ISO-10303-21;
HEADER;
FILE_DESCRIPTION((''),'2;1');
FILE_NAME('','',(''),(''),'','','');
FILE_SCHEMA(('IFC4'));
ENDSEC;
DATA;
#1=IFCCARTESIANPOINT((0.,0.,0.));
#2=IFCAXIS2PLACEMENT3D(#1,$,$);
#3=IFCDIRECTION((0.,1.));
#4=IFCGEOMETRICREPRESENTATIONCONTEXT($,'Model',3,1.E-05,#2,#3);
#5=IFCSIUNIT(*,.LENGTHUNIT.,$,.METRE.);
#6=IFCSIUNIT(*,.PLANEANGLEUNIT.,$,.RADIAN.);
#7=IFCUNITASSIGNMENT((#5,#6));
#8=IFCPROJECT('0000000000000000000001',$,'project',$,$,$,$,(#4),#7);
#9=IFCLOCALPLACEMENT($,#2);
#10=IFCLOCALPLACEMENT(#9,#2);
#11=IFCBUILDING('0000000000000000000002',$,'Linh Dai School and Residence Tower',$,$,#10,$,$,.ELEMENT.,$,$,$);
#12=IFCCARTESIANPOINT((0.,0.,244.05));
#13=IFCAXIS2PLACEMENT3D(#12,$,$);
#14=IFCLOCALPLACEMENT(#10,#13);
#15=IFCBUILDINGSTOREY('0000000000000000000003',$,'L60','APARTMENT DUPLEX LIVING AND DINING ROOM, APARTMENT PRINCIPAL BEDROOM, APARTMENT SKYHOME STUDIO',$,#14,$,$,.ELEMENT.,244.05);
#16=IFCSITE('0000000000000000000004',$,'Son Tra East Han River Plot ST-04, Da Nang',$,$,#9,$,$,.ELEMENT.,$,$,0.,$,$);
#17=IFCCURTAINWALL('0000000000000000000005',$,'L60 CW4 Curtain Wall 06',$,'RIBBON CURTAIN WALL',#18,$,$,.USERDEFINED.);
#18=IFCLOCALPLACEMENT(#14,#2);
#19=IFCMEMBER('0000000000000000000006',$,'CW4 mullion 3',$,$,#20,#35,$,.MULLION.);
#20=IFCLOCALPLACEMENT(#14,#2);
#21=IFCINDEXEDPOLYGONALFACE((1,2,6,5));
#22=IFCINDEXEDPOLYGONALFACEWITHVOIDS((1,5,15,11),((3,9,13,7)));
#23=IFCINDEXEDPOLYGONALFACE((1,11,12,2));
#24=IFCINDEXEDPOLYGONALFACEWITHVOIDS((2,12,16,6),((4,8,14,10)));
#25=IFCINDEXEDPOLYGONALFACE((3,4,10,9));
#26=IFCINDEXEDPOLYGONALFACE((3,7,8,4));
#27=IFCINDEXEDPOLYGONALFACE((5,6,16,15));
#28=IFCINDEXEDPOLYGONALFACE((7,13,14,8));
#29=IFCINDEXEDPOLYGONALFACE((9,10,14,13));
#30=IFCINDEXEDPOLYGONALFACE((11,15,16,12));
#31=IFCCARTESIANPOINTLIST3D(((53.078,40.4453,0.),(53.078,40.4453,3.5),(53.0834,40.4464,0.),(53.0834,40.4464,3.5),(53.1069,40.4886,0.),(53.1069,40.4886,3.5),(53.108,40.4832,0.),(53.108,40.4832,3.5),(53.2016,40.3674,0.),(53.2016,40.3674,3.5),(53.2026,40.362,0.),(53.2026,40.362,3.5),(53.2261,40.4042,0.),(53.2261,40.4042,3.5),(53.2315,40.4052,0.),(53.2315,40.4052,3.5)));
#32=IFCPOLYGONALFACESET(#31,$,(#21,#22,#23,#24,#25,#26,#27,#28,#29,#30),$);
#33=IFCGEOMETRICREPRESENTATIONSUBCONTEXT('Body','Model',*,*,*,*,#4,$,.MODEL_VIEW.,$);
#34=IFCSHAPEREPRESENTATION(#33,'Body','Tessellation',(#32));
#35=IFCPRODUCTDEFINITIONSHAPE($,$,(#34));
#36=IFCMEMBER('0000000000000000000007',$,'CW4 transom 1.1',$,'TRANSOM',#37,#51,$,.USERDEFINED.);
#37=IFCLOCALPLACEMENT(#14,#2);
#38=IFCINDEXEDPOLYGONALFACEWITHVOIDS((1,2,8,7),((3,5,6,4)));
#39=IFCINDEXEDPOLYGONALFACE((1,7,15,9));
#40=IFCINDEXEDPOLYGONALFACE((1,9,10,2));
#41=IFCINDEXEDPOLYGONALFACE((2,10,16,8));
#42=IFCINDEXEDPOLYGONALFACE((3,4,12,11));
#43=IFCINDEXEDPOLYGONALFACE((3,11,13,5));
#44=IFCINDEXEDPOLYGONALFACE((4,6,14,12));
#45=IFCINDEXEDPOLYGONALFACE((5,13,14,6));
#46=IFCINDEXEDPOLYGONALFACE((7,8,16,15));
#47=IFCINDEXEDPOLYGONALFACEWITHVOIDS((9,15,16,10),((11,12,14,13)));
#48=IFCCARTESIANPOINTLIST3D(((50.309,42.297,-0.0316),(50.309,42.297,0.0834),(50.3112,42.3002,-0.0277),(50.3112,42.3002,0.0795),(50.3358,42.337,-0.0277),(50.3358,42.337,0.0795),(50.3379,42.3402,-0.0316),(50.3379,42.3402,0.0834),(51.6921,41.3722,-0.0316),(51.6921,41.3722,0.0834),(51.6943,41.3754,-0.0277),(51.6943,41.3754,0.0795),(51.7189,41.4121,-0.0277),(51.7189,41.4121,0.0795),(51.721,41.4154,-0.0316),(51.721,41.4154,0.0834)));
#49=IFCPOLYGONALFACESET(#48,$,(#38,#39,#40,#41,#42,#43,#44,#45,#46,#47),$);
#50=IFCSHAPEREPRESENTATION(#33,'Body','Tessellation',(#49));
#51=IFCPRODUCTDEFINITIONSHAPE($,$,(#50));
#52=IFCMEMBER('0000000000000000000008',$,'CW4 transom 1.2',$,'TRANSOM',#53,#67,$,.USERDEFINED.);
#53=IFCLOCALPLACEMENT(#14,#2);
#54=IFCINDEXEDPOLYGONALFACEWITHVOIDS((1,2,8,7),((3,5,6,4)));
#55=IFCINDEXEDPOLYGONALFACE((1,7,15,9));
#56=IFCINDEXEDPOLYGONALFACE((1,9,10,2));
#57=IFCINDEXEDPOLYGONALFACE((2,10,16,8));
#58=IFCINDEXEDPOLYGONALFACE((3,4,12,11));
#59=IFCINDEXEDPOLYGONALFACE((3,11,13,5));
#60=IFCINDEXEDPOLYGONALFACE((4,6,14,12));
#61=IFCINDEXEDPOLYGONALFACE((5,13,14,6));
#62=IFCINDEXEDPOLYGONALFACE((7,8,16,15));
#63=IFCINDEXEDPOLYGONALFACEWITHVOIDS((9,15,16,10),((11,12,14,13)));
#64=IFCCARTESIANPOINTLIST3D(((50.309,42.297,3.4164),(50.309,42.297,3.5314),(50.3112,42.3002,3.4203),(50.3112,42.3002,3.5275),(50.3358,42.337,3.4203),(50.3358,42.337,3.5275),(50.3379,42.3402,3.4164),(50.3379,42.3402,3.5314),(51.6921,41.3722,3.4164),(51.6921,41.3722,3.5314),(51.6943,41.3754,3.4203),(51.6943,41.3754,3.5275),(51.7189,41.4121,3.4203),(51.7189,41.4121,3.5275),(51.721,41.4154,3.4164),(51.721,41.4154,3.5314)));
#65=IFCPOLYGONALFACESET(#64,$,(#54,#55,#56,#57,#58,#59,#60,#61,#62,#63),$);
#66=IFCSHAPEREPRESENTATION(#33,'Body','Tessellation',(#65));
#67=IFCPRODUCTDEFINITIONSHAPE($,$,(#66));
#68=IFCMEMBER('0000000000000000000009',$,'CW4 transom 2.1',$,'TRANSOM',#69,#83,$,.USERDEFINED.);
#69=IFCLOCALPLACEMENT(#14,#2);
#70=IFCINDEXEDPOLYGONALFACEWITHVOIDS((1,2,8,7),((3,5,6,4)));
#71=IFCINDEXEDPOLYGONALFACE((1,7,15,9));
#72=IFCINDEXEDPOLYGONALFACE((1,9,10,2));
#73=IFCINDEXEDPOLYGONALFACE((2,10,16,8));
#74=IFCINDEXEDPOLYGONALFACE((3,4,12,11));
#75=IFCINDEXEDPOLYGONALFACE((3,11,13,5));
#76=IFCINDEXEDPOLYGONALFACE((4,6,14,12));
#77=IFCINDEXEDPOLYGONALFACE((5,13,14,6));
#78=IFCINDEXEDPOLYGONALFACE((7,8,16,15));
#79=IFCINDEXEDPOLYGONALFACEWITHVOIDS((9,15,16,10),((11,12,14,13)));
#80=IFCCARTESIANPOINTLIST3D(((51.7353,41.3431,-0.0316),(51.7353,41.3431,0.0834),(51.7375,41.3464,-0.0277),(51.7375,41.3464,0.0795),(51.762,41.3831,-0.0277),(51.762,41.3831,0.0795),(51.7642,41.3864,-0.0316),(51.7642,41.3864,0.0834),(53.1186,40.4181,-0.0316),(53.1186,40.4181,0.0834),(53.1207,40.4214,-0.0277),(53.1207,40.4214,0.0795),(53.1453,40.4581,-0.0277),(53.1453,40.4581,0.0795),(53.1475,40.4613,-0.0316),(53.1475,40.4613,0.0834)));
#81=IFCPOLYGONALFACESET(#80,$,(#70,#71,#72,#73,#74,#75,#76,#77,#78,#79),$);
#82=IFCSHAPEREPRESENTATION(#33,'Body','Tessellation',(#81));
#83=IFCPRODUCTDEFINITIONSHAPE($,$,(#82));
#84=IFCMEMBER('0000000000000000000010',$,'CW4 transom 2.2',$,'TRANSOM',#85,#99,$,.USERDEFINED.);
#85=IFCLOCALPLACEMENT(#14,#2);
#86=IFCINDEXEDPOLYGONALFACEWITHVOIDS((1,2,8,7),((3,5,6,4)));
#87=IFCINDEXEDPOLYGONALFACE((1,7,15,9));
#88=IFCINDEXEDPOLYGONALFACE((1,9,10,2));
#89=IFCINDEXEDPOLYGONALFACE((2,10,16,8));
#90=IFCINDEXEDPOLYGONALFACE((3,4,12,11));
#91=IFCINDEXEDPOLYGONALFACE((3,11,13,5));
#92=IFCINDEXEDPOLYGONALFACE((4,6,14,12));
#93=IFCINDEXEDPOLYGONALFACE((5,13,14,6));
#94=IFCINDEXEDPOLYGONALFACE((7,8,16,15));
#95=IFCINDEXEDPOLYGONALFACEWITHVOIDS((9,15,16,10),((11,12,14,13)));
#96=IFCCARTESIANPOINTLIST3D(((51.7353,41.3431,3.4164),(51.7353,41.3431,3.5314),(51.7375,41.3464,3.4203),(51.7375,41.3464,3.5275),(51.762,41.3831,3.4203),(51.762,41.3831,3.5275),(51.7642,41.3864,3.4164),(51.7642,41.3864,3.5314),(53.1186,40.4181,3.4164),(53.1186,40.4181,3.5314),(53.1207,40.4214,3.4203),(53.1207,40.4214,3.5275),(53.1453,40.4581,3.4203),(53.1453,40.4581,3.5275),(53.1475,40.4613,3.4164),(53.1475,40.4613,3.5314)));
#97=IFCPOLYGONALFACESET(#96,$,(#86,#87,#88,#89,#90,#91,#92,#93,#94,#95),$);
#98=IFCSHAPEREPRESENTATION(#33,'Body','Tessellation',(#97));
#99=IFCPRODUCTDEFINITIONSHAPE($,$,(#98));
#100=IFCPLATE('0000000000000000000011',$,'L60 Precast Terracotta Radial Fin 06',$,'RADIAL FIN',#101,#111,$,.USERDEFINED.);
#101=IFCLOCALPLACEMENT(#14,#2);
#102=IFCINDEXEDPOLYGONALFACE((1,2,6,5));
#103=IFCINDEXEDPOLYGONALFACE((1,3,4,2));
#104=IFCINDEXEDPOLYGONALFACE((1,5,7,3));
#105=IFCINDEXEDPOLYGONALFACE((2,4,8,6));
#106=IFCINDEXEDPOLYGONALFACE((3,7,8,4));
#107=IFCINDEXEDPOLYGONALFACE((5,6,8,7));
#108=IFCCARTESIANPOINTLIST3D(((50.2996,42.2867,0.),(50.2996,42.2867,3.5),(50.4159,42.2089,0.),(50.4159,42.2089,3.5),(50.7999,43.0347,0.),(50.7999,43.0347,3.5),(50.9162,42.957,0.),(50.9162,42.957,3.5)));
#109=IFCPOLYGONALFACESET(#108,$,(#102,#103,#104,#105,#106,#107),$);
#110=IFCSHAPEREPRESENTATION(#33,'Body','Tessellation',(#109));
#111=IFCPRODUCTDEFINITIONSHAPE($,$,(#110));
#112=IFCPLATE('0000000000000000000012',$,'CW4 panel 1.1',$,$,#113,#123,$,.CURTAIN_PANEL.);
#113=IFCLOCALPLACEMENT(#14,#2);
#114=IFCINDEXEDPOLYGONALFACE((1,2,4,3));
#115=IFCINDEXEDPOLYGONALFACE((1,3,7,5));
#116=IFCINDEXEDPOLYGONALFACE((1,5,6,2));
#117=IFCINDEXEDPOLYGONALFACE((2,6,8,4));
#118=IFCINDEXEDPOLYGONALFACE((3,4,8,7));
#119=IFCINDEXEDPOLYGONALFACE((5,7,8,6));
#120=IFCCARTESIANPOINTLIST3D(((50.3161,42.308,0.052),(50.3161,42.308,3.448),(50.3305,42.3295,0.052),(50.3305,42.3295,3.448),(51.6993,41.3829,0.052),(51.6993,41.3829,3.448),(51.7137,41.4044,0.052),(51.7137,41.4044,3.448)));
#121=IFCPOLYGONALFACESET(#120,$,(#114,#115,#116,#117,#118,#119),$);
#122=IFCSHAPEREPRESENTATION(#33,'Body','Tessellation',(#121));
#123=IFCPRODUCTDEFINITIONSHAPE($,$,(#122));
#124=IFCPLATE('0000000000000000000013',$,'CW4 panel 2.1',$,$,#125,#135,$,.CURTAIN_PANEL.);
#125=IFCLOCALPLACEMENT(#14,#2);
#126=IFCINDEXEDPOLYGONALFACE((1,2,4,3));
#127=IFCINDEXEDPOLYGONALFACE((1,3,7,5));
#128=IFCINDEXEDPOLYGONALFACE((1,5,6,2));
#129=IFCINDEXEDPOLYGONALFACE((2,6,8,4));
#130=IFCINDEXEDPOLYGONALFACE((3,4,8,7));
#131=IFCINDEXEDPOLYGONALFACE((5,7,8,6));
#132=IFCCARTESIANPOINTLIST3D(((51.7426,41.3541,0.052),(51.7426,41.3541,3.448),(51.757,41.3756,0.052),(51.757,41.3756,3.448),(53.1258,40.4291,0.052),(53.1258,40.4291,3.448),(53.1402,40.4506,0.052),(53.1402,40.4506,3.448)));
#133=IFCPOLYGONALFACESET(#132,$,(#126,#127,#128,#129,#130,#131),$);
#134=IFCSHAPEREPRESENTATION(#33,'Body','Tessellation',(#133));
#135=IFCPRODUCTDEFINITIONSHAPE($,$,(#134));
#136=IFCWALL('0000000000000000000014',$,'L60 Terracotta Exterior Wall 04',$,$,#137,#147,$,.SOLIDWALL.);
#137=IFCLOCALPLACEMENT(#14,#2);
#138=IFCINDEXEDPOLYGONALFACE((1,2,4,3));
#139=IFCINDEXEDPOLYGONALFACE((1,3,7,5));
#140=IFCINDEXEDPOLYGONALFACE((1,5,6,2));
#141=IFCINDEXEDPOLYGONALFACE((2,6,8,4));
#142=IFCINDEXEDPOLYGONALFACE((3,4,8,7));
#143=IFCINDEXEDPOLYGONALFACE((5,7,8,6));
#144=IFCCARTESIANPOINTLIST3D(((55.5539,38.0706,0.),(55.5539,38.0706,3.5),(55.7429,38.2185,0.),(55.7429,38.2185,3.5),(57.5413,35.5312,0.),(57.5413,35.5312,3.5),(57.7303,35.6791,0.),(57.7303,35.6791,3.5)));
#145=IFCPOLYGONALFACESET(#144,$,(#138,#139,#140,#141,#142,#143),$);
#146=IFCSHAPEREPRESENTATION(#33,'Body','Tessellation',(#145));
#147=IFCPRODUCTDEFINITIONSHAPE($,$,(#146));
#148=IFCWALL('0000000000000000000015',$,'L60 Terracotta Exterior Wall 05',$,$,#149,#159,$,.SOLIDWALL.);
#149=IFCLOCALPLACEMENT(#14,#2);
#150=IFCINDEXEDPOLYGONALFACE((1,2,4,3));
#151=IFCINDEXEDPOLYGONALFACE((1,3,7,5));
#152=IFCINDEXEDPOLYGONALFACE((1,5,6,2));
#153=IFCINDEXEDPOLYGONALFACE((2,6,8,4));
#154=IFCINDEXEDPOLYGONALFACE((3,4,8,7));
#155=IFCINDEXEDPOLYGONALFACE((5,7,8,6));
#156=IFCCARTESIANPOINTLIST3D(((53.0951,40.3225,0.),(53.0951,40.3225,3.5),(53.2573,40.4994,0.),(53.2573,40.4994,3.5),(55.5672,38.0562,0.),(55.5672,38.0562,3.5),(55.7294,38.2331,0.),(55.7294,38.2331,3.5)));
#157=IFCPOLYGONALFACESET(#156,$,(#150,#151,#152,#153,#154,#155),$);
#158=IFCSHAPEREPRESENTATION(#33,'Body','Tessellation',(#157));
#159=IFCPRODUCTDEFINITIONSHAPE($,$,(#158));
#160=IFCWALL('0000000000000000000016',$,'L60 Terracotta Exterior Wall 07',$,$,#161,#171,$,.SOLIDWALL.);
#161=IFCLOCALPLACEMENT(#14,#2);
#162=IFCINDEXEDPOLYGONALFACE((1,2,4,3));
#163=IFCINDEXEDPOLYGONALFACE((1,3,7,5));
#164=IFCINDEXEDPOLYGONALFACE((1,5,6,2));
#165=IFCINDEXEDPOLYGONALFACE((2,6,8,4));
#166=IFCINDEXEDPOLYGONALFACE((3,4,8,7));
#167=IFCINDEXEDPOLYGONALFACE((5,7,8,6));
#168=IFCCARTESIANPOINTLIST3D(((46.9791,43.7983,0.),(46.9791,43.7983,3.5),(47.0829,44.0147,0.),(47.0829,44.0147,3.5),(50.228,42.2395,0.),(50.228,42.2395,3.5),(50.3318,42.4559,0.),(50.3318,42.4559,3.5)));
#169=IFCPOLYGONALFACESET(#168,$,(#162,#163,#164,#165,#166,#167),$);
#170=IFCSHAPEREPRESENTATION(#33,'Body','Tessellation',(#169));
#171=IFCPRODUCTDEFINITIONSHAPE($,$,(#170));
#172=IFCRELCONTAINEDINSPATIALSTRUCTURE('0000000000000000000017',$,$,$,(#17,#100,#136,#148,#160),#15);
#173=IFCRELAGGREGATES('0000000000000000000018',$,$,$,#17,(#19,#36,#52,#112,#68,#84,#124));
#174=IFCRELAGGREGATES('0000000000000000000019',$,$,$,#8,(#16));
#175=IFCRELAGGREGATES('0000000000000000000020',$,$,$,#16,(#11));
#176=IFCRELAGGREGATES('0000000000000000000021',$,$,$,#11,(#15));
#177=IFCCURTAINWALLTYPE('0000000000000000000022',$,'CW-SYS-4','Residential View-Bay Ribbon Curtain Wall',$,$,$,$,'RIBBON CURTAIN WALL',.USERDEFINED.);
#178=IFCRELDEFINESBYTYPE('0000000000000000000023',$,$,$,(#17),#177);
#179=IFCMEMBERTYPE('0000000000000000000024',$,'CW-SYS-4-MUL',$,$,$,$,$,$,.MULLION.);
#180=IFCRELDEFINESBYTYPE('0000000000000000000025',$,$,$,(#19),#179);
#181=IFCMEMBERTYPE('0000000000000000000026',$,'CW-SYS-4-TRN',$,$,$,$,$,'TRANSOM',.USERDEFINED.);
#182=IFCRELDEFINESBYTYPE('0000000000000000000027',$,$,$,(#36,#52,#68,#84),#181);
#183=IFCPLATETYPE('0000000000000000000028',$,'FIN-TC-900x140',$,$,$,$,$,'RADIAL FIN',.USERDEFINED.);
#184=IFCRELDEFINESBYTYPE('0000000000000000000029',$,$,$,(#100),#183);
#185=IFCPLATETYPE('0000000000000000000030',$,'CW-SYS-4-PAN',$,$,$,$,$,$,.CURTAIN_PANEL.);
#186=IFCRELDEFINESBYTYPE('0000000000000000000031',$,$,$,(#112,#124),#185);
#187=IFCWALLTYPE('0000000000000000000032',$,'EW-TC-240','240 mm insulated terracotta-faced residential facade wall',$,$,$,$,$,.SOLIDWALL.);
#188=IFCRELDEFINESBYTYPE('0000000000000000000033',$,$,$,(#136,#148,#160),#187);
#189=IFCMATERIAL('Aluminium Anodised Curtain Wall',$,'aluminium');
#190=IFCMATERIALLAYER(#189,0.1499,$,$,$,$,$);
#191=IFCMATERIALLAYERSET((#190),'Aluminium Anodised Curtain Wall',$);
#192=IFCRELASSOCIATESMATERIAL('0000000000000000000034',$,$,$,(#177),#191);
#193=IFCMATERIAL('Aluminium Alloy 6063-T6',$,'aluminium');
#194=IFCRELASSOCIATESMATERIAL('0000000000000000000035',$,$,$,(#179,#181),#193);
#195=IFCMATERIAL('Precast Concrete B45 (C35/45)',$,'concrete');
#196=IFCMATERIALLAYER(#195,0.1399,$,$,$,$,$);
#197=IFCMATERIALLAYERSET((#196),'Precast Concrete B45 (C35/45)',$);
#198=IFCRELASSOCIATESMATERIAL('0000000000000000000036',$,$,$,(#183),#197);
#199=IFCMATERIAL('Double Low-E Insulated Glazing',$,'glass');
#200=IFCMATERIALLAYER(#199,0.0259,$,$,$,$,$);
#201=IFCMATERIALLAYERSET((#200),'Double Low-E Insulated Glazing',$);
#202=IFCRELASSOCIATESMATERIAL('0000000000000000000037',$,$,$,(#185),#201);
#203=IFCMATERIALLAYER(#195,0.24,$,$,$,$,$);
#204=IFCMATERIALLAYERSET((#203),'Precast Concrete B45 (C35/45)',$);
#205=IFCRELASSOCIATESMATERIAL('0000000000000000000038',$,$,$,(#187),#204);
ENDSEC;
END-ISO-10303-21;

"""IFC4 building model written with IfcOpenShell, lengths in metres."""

from ifc_helpers import new_model, si_unit, direction, frame, frame_2d, origin, origin_2d, place, context, subcontext, project, spatial, rectangle, hollow_rectangle, extrude, source, transform, mapped, material, layer, layer_set, material_profile, profile_set, type_object, element, aggregate, save


model = new_model("IFC4")

# Units and contexts
model_context = context("Model", 3, precision=1e-05, world=origin(), true_north=direction((0.0, 1.0)))
body_context = subcontext(model_context, "Body", "Model", "MODEL_VIEW")
ifc_project = project(units=[si_unit("LENGTHUNIT", "METRE"), si_unit("PLANEANGLEUNIT", "RADIAN")], contexts=[model_context])

# Site, building, storey
site_placement = place(None, origin())
site = spatial("IfcSite", under=ifc_project, at=site_placement, Name="Son Tra East Han River Plot ST-04, Da Nang", CompositionType="ELEMENT", RefElevation=0.0)
building_placement = place(site_placement, origin())
building = spatial("IfcBuilding", under=site, at=building_placement, Name="Linh Dai School and Residence Tower", CompositionType="ELEMENT")
storey_placement = place(building_placement, frame((0.0, 0.0, 244.05)))
storey = spatial("IfcBuildingStorey", under=building, at=storey_placement, Name="L60", Description="APARTMENT DUPLEX LIVING AND DINING ROOM, APARTMENT PRINCIPAL BEDROOM, APARTMENT SKYHOME STUDIO", CompositionType="ELEMENT", Elevation=244.05)

# Curtain wall, members
ifc_material_1 = material(Name="Aluminium Anodised Curtain Wall", Category="aluminium")
ifc_layer_1 = layer(ifc_material_1, 0.1499)
ifc_layer_set_1 = layer_set([ifc_layer_1], Name="Aluminium Anodised Curtain Wall")
curtain_wall_type = type_object("IfcCurtainWallType", Name="CW-SYS-4", Description="Residential View-Bay Ribbon Curtain Wall", ElementType="RIBBON CURTAIN WALL", PredefinedType="USERDEFINED", material=ifc_layer_set_1)
curtain_wall_placement = place(storey_placement, origin())
curtain_wall = element("IfcCurtainWall", 1, at=curtain_wall_placement, inside=storey, type_object=curtain_wall_type, Name="L60 CW4 Curtain Wall 06", ObjectType="RIBBON CURTAIN WALL", PredefinedType="USERDEFINED")
ifc_material_2 = material(Name="Aluminium Alloy 6063-T6", Category="aluminium")
ifc_material_profile_1 = material_profile(ifc_material_2, hollow_rectangle(XDim=0.052, YDim=0.1499, WallThickness=0.0039, at=origin_2d()), Name="RHS 150x52x4")
ifc_profile_set_1 = profile_set([ifc_material_profile_1], Name="Aluminium Alloy 6063-T6")
member_type_1 = type_object("IfcMemberType", Name="CW-SYS-4-MUL", PredefinedType="MULLION", material=ifc_profile_set_1)
shared_shape_1 = source(origin(), body_context, "Body", "SweptSolid", [
    extrude(hollow_rectangle(XDim=0.052, YDim=0.1499, WallThickness=0.0039, at=origin_2d()), origin(), (0.0, 0.0, 1.0), 3.5),
])
member_1_placement = place(storey_placement, frame((53.1548, 40.4253, 0.0), z_axis=(0.0, 0.0, 1.0), x_axis=(0.555887, 0.831258, 0.0)))
member_1 = element("IfcMember", 2, at=member_1_placement, type_object=member_type_1, Name="CW4 mullion 3", PredefinedType="MULLION", context=body_context, shape_type="MappedRepresentation", body=[
    mapped(shared_shape_1, transform((0.0, 0.0, 0.0), x_axis=(1.0, 0.0, 0.0), y_axis=(0.0, 1.0, 0.0), z_axis=(0.0, 0.0, 1.0), scale=1.0)),
])
ifc_material_profile_2 = material_profile(ifc_material_2, hollow_rectangle(XDim=0.052, YDim=0.115, WallThickness=0.0039, at=origin_2d()), Name="RHS 115x52x4")
ifc_profile_set_2 = profile_set([ifc_material_profile_2], Name="Aluminium Alloy 6063-T6")
member_type_2 = type_object("IfcMemberType", Name="CW-SYS-4-TRN", ElementType="TRANSOM", PredefinedType="USERDEFINED", material=ifc_profile_set_2)
shared_shape_2 = source(origin(), body_context, "Body", "SweptSolid", [
    extrude(hollow_rectangle(XDim=0.052, YDim=0.115, WallThickness=0.0039, at=origin_2d()), origin(), (0.0, 0.0, 1.0), 1.6638),
])
member_2_placement = place(storey_placement, frame((50.3235, 42.3186, 0.0259), z_axis=(0.831282, -0.555851, 0.0), x_axis=(0.555851, 0.831282, 0.0)))
member_2 = element("IfcMember", 3, at=member_2_placement, type_object=member_type_2, Name="CW4 transom 1.1", ObjectType="TRANSOM", PredefinedType="USERDEFINED", context=body_context, shape_type="MappedRepresentation", body=[
    mapped(shared_shape_2, transform((0.0, 0.0, 0.0), x_axis=(1.0, 0.0, 0.0), y_axis=(0.0, 1.0, 0.0), z_axis=(0.0, 0.0, 1.0), scale=1.0)),
])
member_3_placement = place(storey_placement, frame((50.3235, 42.3186, 3.4739), z_axis=(0.831282, -0.555851, 0.0), x_axis=(0.555851, 0.831282, 0.0)))
member_3 = element("IfcMember", 4, at=member_3_placement, type_object=member_type_2, Name="CW4 transom 1.2", ObjectType="TRANSOM", PredefinedType="USERDEFINED", context=body_context, shape_type="MappedRepresentation", body=[
    mapped(shared_shape_2, transform((0.0, 0.0, 0.0), x_axis=(1.0, 0.0, 0.0), y_axis=(0.0, 1.0, 0.0), z_axis=(0.0, 0.0, 1.0), scale=1.0)),
])
shared_shape_3 = source(origin(), body_context, "Body", "SweptSolid", [
    extrude(hollow_rectangle(XDim=0.052, YDim=0.115, WallThickness=0.0039, at=origin_2d()), origin(), (0.0, 0.0, 1.0), 1.6641),
])
member_4_placement = place(storey_placement, frame((51.7498, 41.3647, 0.0259), z_axis=(0.831259, -0.555885, 0.0), x_axis=(0.555885, 0.831259, 0.0)))
member_4 = element("IfcMember", 5, at=member_4_placement, type_object=member_type_2, Name="CW4 transom 2.1", ObjectType="TRANSOM", PredefinedType="USERDEFINED", context=body_context, shape_type="MappedRepresentation", body=[
    mapped(shared_shape_3, transform((0.0, 0.0, 0.0), x_axis=(1.0, 0.0, 0.0), y_axis=(0.0, 1.0, 0.0), z_axis=(0.0, 0.0, 1.0), scale=1.0)),
])
member_5_placement = place(storey_placement, frame((51.7498, 41.3647, 3.4739), z_axis=(0.831259, -0.555885, 0.0), x_axis=(0.555885, 0.831259, 0.0)))
member_5 = element("IfcMember", 6, at=member_5_placement, type_object=member_type_2, Name="CW4 transom 2.2", ObjectType="TRANSOM", PredefinedType="USERDEFINED", context=body_context, shape_type="MappedRepresentation", body=[
    mapped(shared_shape_3, transform((0.0, 0.0, 0.0), x_axis=(1.0, 0.0, 0.0), y_axis=(0.0, 1.0, 0.0), z_axis=(0.0, 0.0, 1.0), scale=1.0)),
])

# Plates
ifc_material_3 = material(Name="Precast Concrete B45 (C35/45)", Category="concrete")
ifc_layer_2 = layer(ifc_material_3, 0.1399)
ifc_layer_set_2 = layer_set([ifc_layer_2], Name="Precast Concrete B45 (C35/45)")
plate_type_1 = type_object("IfcPlateType", Name="FIN-TC-900x140", ElementType="RADIAL FIN", PredefinedType="USERDEFINED", material=ifc_layer_set_2)
shared_shape_4 = source(origin(), body_context, "Body", "SweptSolid", [
    extrude(rectangle(XDim=0.8999, YDim=0.1399, at=origin_2d()), origin(), (0.0, 0.0, 1.0), 3.5),
])
plate_1_placement = place(storey_placement, frame((50.6079, 42.6218, 0.0), z_axis=(0.0, 0.0, 1.0), x_axis=(0.555887, 0.831258, 0.0)))
element("IfcPlate", 7, at=plate_1_placement, inside=storey, type_object=plate_type_1, Name="L60 Precast Terracotta Radial Fin 06", ObjectType="RADIAL FIN", PredefinedType="USERDEFINED", context=body_context, shape_type="MappedRepresentation", body=[
    mapped(shared_shape_4, transform((0.0, 0.0, 0.0), x_axis=(1.0, 0.0, 0.0), y_axis=(0.0, 1.0, 0.0), z_axis=(0.0, 0.0, 1.0), scale=1.0)),
])
ifc_material_4 = material(Name="Double Low-E Insulated Glazing", Category="glass")
ifc_layer_3 = layer(ifc_material_4, 0.0259)
ifc_layer_set_3 = layer_set([ifc_layer_3], Name="Double Low-E Insulated Glazing")
plate_type_2 = type_object("IfcPlateType", Name="CW-SYS-4-PAN", PredefinedType="CURTAIN_PANEL", material=ifc_layer_set_3)
shared_shape_5 = source(origin(), body_context, "Body", "SweptSolid", [
    extrude(rectangle(XDim=1.6641, YDim=0.0259, at=origin_2d()), origin(), (0.0, 0.0, 1.0), 3.396),
])
plate_2_placement = place(storey_placement, frame((51.0149, 41.8562, 0.052), z_axis=(0.0, 0.0, 1.0), x_axis=(0.831258, -0.555887, 0.0)))
plate_2 = element("IfcPlate", 8, at=plate_2_placement, type_object=plate_type_2, Name="CW4 panel 1.1", PredefinedType="CURTAIN_PANEL", context=body_context, shape_type="MappedRepresentation", body=[
    mapped(shared_shape_5, transform((0.0, 0.0, 0.0), x_axis=(1.0, 0.0, 0.0), y_axis=(0.0, 1.0, 0.0), z_axis=(0.0, 0.0, 1.0), scale=1.0)),
])
plate_3_placement = place(storey_placement, frame((52.4414, 40.9023, 0.052), z_axis=(0.0, 0.0, 1.0), x_axis=(0.831258, -0.555887, 0.0)))
plate_3 = element("IfcPlate", 9, at=plate_3_placement, type_object=plate_type_2, Name="CW4 panel 2.1", PredefinedType="CURTAIN_PANEL", context=body_context, shape_type="MappedRepresentation", body=[
    mapped(shared_shape_5, transform((0.0, 0.0, 0.0), x_axis=(1.0, 0.0, 0.0), y_axis=(0.0, 1.0, 0.0), z_axis=(0.0, 0.0, 1.0), scale=1.0)),
])
aggregate(curtain_wall, [member_1, member_2, member_3, plate_2, member_4, member_5, plate_3])

# Walls
ifc_layer_4 = layer(ifc_material_3, 0.24)
ifc_layer_set_4 = layer_set([ifc_layer_4], Name="Precast Concrete B45 (C35/45)")
wall_type = type_object("IfcWallType", Name="EW-TC-240", Description="240 mm insulated terracotta-faced residential facade wall", PredefinedType="SOLIDWALL", material=ifc_layer_set_4)
wall_1_placement = place(storey_placement, frame((55.6484, 38.1445, 0.0), z_axis=(0.0, 0.0, 1.0), x_axis=(0.616312, -0.787502, 0.0)))
element("IfcWall", 10, at=wall_1_placement, inside=storey, type_object=wall_type, Name="L60 Terracotta Exterior Wall 04", PredefinedType="SOLIDWALL", context=body_context, shape_type="SweptSolid", body=[
    extrude(rectangle(XDim=3.2246, YDim=0.24, at=frame_2d((1.6123, 0.0))), origin(), (0.0, 0.0, 1.0), 3.5),
])
wall_2_placement = place(storey_placement, frame((53.1763, 40.4109, 0.0), z_axis=(0.0, 0.0, 1.0), x_axis=(0.737124, -0.675758, 0.0)))
element("IfcWall", 11, at=wall_2_placement, inside=storey, type_object=wall_type, Name="L60 Terracotta Exterior Wall 05", PredefinedType="SOLIDWALL", context=body_context, shape_type="SweptSolid", body=[
    extrude(rectangle(XDim=3.3538, YDim=0.24, at=frame_2d((1.6768, 0.0))), origin(), (0.0, 0.0, 1.0), 3.5),
])
wall_3_placement = place(storey_placement, frame((47.031, 43.9065, 0.0), z_axis=(0.0, 0.0, 1.0), x_axis=(0.901598, -0.432575, 0.0)))
element("IfcWall", 12, at=wall_3_placement, inside=storey, type_object=wall_type, Name="L60 Terracotta Exterior Wall 07", PredefinedType="SOLIDWALL", context=body_context, shape_type="SweptSolid", body=[
    extrude(rectangle(XDim=3.6035, YDim=0.24, at=frame_2d((1.8018, 0.0))), origin(), (0.0, 0.0, 1.0), 3.5),
])

save(model, "model.ifc")
